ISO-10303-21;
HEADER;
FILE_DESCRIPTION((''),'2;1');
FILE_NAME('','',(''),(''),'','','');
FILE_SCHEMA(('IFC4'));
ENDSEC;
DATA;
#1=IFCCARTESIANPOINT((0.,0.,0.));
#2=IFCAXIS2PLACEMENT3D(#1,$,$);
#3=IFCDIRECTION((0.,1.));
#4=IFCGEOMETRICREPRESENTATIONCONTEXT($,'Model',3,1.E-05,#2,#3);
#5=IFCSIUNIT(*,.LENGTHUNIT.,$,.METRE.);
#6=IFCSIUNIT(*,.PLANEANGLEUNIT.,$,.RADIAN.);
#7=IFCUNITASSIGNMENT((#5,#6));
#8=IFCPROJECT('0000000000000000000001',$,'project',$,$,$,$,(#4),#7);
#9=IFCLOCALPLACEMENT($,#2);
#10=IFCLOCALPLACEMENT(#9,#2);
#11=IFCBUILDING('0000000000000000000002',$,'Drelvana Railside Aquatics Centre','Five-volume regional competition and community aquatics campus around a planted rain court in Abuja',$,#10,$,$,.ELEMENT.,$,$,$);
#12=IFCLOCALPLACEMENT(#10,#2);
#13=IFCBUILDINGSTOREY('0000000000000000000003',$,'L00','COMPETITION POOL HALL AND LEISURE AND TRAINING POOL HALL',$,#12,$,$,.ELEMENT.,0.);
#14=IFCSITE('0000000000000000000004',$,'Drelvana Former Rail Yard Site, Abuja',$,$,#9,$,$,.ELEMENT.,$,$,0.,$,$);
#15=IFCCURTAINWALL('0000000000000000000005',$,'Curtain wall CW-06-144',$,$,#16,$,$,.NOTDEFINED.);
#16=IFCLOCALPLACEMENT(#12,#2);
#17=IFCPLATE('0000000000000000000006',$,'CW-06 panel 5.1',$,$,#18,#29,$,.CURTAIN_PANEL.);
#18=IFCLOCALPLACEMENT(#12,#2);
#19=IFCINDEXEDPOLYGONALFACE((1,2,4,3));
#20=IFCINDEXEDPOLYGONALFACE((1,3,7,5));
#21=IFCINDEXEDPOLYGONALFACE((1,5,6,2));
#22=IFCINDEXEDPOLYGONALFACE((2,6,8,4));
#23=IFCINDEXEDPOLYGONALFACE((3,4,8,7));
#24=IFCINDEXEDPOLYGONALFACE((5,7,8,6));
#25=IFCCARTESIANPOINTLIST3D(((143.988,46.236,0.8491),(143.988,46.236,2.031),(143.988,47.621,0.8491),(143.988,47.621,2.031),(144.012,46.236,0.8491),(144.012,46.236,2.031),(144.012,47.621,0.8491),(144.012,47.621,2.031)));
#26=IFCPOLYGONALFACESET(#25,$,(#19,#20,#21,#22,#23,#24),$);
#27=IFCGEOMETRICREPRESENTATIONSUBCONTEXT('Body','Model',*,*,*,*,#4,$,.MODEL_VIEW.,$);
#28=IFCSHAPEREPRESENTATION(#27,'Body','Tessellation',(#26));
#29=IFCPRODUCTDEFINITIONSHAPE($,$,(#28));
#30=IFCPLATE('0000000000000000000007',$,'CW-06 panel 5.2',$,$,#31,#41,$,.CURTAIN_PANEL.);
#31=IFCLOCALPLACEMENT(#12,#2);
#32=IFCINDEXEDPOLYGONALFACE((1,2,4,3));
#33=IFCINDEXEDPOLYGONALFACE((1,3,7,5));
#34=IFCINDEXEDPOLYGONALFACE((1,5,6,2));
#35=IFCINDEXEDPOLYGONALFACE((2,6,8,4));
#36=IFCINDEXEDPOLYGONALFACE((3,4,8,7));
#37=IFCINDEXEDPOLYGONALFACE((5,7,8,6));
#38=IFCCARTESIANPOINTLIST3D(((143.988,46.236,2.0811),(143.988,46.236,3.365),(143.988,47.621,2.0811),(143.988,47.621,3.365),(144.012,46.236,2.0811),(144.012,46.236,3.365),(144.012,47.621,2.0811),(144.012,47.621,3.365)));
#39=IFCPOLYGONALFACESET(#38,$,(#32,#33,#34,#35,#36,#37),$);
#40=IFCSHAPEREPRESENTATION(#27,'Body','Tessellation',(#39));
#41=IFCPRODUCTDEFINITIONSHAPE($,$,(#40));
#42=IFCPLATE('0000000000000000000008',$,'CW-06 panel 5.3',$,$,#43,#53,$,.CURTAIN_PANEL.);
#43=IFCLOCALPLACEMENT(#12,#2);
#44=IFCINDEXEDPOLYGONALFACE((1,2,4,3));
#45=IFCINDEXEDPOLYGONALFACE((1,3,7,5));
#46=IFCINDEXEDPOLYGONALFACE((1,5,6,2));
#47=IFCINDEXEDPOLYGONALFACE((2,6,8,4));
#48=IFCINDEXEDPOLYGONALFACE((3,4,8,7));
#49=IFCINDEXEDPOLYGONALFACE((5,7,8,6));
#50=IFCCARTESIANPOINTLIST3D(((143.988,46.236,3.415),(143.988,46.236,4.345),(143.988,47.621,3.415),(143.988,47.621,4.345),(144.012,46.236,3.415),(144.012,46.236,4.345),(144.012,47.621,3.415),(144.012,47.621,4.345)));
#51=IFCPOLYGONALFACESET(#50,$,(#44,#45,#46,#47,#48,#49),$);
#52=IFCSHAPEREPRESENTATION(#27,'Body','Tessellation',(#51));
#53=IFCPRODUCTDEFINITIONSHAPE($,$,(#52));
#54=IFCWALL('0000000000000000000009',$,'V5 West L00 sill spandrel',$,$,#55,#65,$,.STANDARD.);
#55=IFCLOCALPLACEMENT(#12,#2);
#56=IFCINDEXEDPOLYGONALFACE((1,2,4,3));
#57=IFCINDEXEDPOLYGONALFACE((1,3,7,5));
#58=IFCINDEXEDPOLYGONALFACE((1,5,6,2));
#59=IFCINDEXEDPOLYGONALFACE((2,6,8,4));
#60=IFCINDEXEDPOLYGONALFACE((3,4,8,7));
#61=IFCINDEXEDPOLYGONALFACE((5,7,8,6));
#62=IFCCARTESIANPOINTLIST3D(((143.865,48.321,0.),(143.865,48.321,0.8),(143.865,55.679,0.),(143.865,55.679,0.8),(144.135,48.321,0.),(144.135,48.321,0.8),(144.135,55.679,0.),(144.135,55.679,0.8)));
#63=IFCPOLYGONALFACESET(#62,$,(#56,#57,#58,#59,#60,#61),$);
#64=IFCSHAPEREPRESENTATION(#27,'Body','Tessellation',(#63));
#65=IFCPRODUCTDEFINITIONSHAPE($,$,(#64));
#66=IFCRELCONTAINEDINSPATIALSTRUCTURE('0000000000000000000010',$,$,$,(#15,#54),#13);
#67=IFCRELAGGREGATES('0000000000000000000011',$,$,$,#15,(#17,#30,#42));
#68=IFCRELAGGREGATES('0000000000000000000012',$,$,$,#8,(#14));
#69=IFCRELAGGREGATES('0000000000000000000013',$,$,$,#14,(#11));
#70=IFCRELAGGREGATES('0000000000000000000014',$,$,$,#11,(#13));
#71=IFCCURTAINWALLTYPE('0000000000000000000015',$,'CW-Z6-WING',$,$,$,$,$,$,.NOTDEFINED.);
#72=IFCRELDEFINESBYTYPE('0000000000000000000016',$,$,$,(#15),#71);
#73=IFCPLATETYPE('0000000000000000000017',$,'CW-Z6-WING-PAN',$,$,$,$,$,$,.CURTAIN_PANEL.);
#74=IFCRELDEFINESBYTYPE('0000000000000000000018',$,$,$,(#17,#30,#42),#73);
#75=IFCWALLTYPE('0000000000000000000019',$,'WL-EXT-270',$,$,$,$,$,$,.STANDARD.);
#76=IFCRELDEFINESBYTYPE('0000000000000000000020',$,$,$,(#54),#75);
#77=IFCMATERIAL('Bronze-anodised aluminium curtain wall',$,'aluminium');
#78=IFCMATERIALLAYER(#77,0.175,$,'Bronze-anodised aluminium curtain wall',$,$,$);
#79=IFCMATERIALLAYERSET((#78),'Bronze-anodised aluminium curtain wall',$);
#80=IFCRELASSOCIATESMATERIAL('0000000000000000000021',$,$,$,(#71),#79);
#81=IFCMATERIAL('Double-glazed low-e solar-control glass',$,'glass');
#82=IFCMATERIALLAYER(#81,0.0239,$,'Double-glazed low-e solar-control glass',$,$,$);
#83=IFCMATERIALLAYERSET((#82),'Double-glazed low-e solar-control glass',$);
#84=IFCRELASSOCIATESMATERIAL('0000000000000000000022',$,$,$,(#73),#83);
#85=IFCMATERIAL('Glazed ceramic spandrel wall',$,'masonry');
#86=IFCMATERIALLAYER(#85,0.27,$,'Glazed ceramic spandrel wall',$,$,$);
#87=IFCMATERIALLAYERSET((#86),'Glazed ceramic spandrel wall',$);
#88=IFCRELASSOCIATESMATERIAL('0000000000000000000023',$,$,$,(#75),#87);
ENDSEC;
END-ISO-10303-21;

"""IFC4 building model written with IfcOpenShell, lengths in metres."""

from ifc_helpers import new_model, si_unit, direction, frame, frame_2d, origin, origin_2d, place, context, subcontext, project, spatial, rectangle, extrude, material, layer, layer_set, type_object, element, aggregate, save


model = new_model("IFC4")

# Units and contexts
model_context = context("Model", 3, precision=1e-05, world=origin(), true_north=direction((0.0, 1.0)))
body_context = subcontext(model_context, "Body", "Model", "MODEL_VIEW")
ifc_project = project(units=[si_unit("LENGTHUNIT", "METRE"), si_unit("PLANEANGLEUNIT", "RADIAN")], contexts=[model_context])

# Site, building, storey
site_placement = place(None, origin())
site = spatial("IfcSite", under=ifc_project, at=site_placement, Name="Drelvana Former Rail Yard Site, Abuja", CompositionType="ELEMENT", RefElevation=0.0)
building_placement = place(site_placement, origin())
building = spatial("IfcBuilding", under=site, at=building_placement, Name="Drelvana Railside Aquatics Centre", Description="Five-volume regional competition and community aquatics campus around a planted rain court in Abuja", CompositionType="ELEMENT")
storey_placement = place(building_placement, origin())
storey = spatial("IfcBuildingStorey", under=building, at=storey_placement, Name="L00", Description="COMPETITION POOL HALL AND LEISURE AND TRAINING POOL HALL", CompositionType="ELEMENT", Elevation=0.0)

# Curtain wall
ifc_material_1 = material(Name="Bronze-anodised aluminium curtain wall", Category="aluminium")
ifc_layer_1 = layer(ifc_material_1, 0.175, Name="Bronze-anodised aluminium curtain wall")
ifc_layer_set_1 = layer_set([ifc_layer_1], Name="Bronze-anodised aluminium curtain wall")
curtain_wall_type = type_object("IfcCurtainWallType", Name="CW-Z6-WING", PredefinedType="NOTDEFINED", material=ifc_layer_set_1)
curtain_wall_1_placement = place(storey_placement, origin())
curtain_wall_1 = element("IfcCurtainWall", 1, at=curtain_wall_1_placement, inside=storey, type_object=curtain_wall_type, Name="Curtain wall CW-06-144", PredefinedType="NOTDEFINED")

# Plates
ifc_material_2 = material(Name="Double-glazed low-e solar-control glass", Category="glass")
ifc_layer_2 = layer(ifc_material_2, 0.0239, Name="Double-glazed low-e solar-control glass")
ifc_layer_set_2 = layer_set([ifc_layer_2], Name="Double-glazed low-e solar-control glass")
plate_type = type_object("IfcPlateType", Name="CW-Z6-WING-PAN", PredefinedType="CURTAIN_PANEL", material=ifc_layer_set_2)
plate_1_placement = place(storey_placement, frame((144.0, 46.9285, 0.8491), z_axis=(0.0, 0.0, 1.0), x_axis=(0.0, 1.0, 0.0)))
plate_1 = element("IfcPlate", 2, at=plate_1_placement, type_object=plate_type, Name="CW-06 panel 5.1", PredefinedType="CURTAIN_PANEL", context=body_context, shape_type="SweptSolid", body=[
    extrude(rectangle(XDim=1.385, YDim=0.0239, at=origin_2d()), origin(), (0.0, 0.0, 1.0), 1.1819),
])
plate_2_placement = place(storey_placement, frame((144.0, 46.9285, 2.0811), z_axis=(0.0, 0.0, 1.0), x_axis=(0.0, 1.0, 0.0)))
plate_2 = element("IfcPlate", 3, at=plate_2_placement, type_object=plate_type, Name="CW-06 panel 5.2", PredefinedType="CURTAIN_PANEL", context=body_context, shape_type="SweptSolid", body=[
    extrude(rectangle(XDim=1.385, YDim=0.0239, at=origin_2d()), origin(), (0.0, 0.0, 1.0), 1.2839),
])
plate_3_placement = place(storey_placement, frame((144.0, 46.9285, 3.415), z_axis=(0.0, 0.0, 1.0), x_axis=(0.0, 1.0, 0.0)))
plate_3 = element("IfcPlate", 4, at=plate_3_placement, type_object=plate_type, Name="CW-06 panel 5.3", PredefinedType="CURTAIN_PANEL", context=body_context, shape_type="SweptSolid", body=[
    extrude(rectangle(XDim=1.385, YDim=0.0239, at=origin_2d()), origin(), (0.0, 0.0, 1.0), 0.9299),
])
aggregate(curtain_wall_1, [plate_1, plate_2, plate_3])

# Wall
ifc_material_3 = material(Name="Glazed ceramic spandrel wall", Category="masonry")
ifc_layer_3 = layer(ifc_material_3, 0.27, Name="Glazed ceramic spandrel wall")
ifc_layer_set_3 = layer_set([ifc_layer_3], Name="Glazed ceramic spandrel wall")
wall_type = type_object("IfcWallType", Name="WL-EXT-270", PredefinedType="STANDARD", material=ifc_layer_set_3)
wall_placement = place(storey_placement, frame((144.0, 48.321, 0.0), z_axis=(0.0, 0.0, 1.0), x_axis=(0.0, 1.0, 0.0)))
element("IfcWall", 5, at=wall_placement, inside=storey, type_object=wall_type, Name="V5 West L00 sill spandrel", PredefinedType="STANDARD", context=body_context, shape_type="SweptSolid", body=[
    extrude(rectangle(XDim=7.3579, YDim=0.27, at=frame_2d((3.679, 0.0))), origin(), (0.0, 0.0, 1.0), 0.8),
])

save(model, "model.ifc")
